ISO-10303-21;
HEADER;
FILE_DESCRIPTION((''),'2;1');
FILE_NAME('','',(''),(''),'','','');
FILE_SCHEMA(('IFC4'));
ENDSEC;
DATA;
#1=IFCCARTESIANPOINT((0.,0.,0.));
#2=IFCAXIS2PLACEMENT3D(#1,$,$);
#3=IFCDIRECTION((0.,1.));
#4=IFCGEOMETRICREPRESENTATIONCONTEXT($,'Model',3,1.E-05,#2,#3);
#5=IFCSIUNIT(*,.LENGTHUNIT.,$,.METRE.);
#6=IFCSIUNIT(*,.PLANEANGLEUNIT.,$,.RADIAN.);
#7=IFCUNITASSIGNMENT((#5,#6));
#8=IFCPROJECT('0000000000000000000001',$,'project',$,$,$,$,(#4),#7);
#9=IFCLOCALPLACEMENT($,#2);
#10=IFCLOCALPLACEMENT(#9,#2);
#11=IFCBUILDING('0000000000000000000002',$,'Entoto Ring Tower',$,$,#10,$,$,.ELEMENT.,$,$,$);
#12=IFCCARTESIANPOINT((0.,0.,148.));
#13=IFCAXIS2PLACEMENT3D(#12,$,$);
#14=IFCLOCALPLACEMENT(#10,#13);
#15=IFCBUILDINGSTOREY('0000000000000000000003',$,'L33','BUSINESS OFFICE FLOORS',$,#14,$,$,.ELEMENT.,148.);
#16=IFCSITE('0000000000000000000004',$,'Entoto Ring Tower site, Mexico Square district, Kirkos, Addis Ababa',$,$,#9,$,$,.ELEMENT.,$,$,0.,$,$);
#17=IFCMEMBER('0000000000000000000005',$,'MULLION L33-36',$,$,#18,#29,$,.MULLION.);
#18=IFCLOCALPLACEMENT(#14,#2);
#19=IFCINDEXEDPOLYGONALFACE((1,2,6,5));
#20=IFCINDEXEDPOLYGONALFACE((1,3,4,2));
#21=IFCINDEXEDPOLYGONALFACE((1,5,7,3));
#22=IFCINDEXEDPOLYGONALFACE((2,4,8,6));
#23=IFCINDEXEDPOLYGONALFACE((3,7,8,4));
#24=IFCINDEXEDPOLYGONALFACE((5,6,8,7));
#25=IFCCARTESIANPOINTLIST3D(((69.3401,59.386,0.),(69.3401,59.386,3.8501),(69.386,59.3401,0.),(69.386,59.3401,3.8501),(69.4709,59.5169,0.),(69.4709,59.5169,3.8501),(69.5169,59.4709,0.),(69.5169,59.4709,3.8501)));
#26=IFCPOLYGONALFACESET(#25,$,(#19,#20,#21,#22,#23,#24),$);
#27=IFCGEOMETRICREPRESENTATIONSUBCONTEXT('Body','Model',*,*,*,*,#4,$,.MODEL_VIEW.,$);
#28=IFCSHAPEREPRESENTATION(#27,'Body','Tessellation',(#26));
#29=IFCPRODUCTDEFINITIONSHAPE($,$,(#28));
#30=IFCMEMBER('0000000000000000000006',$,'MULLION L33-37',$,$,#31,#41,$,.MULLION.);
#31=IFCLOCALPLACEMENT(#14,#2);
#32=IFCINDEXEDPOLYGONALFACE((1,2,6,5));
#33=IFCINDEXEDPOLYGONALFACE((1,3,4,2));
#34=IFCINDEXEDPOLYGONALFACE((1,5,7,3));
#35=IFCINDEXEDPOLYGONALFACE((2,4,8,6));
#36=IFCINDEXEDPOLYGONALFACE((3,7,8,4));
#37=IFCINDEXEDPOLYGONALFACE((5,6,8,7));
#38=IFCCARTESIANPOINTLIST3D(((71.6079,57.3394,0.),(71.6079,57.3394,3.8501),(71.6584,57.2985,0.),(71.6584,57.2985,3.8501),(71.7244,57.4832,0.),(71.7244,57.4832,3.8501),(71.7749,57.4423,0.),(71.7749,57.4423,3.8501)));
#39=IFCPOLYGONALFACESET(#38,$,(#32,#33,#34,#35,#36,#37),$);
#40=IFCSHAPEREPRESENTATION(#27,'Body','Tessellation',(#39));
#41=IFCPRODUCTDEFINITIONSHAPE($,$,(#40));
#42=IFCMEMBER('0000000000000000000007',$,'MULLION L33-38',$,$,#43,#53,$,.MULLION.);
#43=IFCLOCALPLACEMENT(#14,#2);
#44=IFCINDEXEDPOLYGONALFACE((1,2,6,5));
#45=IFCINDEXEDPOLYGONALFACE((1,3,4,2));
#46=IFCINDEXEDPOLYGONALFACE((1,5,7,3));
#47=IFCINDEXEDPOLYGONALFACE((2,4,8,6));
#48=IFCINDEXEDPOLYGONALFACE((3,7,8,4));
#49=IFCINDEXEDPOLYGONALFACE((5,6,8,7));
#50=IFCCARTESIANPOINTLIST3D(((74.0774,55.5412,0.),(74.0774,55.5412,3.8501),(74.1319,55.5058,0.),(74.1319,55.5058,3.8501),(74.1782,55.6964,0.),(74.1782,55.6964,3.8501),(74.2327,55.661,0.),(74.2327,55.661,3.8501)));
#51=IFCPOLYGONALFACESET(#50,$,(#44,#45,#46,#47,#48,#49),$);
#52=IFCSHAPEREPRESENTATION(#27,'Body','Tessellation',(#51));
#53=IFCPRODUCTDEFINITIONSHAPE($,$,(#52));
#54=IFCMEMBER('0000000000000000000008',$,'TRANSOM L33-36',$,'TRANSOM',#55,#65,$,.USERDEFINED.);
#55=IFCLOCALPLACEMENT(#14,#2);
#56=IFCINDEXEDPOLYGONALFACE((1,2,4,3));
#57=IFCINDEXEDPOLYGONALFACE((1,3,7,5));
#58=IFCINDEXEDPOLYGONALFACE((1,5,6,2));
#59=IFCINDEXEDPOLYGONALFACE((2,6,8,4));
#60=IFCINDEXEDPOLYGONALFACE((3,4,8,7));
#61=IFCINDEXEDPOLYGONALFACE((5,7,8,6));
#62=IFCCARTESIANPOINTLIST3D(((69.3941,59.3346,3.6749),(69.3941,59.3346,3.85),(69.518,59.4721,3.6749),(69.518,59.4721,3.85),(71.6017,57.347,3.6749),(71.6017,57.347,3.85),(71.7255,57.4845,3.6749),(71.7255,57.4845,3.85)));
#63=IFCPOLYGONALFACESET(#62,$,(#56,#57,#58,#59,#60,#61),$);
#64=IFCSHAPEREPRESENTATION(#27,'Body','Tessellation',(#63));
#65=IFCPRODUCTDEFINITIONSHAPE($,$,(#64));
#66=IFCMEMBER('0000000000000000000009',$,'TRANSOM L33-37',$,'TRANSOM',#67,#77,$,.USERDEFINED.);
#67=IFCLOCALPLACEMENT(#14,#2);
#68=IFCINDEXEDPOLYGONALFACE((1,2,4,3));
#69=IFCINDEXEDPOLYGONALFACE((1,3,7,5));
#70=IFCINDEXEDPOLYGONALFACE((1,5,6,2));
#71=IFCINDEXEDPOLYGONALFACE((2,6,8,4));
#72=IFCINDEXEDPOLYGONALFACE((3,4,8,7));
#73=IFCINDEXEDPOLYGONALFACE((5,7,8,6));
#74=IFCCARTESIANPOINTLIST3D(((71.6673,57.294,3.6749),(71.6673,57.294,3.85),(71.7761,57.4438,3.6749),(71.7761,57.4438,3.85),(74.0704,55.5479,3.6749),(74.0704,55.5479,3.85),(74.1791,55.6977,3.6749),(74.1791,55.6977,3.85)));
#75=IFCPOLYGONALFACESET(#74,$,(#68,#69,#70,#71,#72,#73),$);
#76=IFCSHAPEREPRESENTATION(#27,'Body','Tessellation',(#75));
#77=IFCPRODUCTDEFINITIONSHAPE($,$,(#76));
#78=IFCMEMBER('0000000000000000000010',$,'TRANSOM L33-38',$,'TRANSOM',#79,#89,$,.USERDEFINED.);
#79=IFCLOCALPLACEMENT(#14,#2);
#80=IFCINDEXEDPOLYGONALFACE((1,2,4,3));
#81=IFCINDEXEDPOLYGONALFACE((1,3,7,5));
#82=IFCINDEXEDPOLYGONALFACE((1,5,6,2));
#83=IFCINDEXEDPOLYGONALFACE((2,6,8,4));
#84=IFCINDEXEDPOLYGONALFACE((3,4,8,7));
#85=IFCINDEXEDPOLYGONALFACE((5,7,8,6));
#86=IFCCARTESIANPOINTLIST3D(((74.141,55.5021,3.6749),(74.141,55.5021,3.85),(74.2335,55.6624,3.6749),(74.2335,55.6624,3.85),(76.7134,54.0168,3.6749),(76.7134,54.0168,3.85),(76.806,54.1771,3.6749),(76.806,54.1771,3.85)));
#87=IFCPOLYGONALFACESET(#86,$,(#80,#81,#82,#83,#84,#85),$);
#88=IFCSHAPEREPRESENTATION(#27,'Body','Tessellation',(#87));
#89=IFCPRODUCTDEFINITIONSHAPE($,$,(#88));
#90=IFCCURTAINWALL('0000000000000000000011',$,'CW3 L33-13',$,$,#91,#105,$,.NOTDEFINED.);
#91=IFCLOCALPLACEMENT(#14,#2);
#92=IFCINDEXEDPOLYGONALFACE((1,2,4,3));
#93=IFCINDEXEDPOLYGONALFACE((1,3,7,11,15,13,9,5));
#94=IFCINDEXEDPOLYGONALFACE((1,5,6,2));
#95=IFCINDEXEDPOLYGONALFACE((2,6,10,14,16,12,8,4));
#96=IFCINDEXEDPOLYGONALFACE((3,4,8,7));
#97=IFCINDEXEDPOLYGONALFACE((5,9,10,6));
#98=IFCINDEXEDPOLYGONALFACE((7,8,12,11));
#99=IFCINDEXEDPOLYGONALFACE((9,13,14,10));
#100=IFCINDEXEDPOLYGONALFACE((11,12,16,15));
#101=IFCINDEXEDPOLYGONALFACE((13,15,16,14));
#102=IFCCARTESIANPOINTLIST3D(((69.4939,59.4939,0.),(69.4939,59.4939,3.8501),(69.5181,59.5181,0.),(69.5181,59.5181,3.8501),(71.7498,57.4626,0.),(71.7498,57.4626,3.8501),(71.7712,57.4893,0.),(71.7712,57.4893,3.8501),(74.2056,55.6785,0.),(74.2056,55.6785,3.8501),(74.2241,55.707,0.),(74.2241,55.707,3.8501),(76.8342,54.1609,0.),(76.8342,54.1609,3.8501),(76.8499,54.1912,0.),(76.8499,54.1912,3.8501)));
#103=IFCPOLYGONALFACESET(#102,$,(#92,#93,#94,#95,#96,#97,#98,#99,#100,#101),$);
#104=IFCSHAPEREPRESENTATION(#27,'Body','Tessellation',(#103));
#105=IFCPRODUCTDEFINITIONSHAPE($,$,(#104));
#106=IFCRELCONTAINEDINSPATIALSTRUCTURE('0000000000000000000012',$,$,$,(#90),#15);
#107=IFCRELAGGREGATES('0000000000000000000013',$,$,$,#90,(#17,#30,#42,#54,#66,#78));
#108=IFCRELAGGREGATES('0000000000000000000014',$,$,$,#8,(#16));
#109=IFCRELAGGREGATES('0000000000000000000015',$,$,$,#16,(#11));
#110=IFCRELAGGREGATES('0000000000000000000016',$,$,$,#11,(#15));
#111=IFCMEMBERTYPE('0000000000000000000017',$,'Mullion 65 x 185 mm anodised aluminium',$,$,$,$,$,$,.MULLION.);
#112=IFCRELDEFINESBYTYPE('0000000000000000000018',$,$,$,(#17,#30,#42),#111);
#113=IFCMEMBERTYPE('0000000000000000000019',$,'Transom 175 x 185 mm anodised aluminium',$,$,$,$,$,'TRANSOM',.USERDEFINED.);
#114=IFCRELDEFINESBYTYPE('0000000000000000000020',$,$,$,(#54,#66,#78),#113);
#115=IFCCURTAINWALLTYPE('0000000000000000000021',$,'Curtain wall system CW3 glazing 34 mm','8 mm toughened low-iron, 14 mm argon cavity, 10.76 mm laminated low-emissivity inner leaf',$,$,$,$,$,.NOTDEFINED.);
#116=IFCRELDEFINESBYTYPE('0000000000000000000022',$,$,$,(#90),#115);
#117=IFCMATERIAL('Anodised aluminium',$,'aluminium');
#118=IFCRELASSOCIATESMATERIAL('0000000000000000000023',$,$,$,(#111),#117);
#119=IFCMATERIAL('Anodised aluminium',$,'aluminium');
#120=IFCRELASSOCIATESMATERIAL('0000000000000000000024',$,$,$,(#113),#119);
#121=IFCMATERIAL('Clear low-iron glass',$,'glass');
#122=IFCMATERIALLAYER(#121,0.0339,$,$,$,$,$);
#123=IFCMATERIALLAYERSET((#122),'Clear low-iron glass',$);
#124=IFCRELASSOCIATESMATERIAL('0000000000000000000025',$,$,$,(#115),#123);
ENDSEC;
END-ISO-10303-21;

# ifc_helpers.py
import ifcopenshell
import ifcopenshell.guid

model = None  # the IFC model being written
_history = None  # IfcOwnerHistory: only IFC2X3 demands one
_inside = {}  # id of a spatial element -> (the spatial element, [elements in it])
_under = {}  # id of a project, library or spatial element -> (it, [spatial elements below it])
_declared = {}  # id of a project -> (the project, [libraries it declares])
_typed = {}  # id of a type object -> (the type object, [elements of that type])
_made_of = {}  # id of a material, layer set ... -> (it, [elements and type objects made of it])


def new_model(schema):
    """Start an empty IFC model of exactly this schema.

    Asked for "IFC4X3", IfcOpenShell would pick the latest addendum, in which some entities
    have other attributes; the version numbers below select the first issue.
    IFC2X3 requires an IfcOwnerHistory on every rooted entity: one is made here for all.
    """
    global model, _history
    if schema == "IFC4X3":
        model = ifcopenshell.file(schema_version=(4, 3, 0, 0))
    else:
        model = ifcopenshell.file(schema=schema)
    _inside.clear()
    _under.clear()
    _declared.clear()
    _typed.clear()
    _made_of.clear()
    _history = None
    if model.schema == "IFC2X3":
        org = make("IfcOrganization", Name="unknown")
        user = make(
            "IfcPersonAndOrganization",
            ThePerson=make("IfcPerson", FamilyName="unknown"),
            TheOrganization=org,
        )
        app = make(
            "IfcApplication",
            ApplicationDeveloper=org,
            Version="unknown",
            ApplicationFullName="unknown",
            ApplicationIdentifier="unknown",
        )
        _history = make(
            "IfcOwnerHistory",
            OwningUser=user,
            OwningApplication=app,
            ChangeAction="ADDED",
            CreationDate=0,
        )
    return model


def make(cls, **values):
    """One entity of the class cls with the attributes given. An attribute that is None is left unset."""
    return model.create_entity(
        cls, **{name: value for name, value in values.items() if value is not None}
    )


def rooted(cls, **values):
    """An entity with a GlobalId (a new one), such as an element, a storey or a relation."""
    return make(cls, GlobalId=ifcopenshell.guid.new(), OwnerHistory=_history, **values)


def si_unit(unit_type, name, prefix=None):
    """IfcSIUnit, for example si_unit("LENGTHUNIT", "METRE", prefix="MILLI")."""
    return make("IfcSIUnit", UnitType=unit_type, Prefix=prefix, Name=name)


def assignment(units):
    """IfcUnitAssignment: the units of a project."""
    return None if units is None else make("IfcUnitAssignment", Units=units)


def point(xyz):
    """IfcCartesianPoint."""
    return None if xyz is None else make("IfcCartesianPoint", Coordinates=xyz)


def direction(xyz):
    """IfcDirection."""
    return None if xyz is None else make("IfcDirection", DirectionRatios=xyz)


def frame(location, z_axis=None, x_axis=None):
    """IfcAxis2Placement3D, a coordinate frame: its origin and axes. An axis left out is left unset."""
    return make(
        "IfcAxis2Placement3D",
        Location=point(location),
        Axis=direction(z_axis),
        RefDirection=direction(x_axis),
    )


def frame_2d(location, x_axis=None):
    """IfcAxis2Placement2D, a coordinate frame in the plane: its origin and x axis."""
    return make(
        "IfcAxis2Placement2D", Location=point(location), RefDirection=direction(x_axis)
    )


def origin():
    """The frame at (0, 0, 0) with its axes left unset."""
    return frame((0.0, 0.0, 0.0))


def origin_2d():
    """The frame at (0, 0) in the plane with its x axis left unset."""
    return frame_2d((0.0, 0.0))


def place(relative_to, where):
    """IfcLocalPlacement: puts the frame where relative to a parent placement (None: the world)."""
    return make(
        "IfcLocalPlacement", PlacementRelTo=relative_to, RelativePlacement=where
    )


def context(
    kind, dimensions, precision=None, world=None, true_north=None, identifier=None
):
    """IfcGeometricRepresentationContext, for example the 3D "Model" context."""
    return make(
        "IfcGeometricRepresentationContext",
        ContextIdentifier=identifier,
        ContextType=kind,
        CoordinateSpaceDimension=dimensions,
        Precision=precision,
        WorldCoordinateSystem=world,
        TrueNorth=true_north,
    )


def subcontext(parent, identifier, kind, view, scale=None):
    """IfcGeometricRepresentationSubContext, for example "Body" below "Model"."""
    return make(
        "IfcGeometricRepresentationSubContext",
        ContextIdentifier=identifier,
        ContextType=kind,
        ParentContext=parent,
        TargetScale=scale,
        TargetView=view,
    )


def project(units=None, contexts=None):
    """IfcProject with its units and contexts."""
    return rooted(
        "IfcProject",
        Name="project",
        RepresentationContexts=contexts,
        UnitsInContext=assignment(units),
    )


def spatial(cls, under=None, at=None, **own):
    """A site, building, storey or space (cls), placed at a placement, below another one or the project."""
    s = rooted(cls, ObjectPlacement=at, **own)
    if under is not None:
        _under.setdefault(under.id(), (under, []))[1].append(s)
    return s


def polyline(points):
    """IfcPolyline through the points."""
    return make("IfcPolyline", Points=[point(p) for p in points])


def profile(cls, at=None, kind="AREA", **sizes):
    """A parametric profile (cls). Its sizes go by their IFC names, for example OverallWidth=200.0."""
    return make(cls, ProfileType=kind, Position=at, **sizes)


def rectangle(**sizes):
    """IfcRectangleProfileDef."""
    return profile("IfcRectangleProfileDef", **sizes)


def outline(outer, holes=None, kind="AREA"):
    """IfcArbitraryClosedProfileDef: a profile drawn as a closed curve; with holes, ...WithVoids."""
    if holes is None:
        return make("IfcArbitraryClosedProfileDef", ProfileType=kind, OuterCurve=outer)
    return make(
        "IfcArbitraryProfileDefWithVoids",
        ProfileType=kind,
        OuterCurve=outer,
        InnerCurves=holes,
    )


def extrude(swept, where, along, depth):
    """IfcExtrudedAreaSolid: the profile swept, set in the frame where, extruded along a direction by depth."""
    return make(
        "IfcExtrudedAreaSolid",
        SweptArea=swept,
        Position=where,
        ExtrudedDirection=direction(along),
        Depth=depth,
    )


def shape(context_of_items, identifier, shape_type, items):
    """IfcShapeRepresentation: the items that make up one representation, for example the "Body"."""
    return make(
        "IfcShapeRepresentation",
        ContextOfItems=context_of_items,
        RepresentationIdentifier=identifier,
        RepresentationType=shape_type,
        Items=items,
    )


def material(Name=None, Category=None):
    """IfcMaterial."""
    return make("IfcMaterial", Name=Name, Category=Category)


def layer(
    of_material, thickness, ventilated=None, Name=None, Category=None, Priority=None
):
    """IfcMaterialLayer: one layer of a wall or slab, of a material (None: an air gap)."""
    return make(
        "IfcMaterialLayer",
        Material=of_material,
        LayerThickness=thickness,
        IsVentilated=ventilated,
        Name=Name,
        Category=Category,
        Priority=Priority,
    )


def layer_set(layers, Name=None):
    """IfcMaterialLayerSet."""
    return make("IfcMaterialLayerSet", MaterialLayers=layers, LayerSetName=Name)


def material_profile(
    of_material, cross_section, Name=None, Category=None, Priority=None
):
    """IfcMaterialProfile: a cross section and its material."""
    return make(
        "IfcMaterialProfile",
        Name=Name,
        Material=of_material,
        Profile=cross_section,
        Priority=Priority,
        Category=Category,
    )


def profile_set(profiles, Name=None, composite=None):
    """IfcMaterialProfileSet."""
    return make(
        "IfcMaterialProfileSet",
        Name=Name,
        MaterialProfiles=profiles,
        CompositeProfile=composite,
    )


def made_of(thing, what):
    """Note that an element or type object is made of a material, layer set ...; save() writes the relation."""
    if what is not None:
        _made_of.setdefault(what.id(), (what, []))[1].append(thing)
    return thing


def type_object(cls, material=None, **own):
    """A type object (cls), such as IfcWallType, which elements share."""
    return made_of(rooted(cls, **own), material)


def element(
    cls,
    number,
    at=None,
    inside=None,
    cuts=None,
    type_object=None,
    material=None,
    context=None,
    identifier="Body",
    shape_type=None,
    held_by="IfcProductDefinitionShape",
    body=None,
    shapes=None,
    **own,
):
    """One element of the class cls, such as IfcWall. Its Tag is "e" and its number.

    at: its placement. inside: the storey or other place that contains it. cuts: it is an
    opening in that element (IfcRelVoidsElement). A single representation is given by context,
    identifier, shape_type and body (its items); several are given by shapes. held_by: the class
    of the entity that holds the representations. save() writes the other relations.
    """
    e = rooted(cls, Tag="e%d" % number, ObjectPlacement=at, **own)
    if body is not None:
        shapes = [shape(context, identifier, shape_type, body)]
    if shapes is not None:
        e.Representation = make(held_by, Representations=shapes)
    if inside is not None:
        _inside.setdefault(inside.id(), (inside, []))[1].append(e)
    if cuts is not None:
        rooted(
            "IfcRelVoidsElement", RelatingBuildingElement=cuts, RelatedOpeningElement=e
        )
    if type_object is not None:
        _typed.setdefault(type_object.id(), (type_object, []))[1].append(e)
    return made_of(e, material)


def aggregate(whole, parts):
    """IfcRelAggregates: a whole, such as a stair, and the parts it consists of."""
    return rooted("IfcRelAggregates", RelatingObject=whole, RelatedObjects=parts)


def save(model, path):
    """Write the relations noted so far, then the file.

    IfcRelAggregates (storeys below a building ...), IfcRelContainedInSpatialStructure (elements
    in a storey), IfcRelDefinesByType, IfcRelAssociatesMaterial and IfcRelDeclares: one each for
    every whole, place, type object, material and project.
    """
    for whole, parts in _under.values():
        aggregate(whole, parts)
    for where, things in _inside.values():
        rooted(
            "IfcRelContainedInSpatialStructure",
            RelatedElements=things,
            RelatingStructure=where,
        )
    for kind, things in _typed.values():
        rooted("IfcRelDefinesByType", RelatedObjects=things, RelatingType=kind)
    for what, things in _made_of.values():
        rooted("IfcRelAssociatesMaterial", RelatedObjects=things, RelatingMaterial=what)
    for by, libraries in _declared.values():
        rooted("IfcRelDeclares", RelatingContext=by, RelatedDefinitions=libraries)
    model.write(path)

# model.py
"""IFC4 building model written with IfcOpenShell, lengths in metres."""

from ifc_helpers import new_model, si_unit, direction, frame, origin, origin_2d, place, context, subcontext, project, spatial, polyline, rectangle, outline, extrude, material, layer, layer_set, material_profile, profile_set, type_object, element, aggregate, save


model = new_model("IFC4")

# Units and contexts
model_context = context("Model", 3, precision=1e-05, world=origin(), true_north=direction((0.0, 1.0)))
body_context = subcontext(model_context, "Body", "Model", "MODEL_VIEW")
ifc_project = project(units=[si_unit("LENGTHUNIT", "METRE"), si_unit("PLANEANGLEUNIT", "RADIAN")], contexts=[model_context])

# Members
ifc_material_1 = material(Name="Anodised aluminium", Category="aluminium")
ifc_material_profile_1 = material_profile(ifc_material_1, rectangle(XDim=0.0649, YDim=0.1851, at=origin_2d()), Name="Mullion 65 x 185 mm anodised aluminium")
ifc_profile_set_1 = profile_set([ifc_material_profile_1], Name="Anodised aluminium")
member_type_1 = type_object("IfcMemberType", Name="Mullion 65 x 185 mm anodised aluminium", PredefinedType="MULLION", material=ifc_profile_set_1)
site_placement = place(None, origin())
building_placement = place(site_placement, origin())
storey_placement = place(building_placement, frame((0.0, 0.0, 148.0)))
member_1_placement = place(storey_placement, frame((69.4285, 59.4285, 0.0), z_axis=(0.0, 0.0, 1.0), x_axis=(0.707107, -0.707107, 0.0)))
member_1 = element("IfcMember", 1, at=member_1_placement, type_object=member_type_1, Name="MULLION L33-36", PredefinedType="MULLION", context=body_context, shape_type="SweptSolid", body=[
    extrude(rectangle(XDim=0.0649, YDim=0.1851, at=origin_2d()), origin(), (0.0, 0.0, 1.0), 3.8501),
])
member_2_placement = place(storey_placement, frame((71.6914, 57.3909, 0.0), z_axis=(0.0, 0.0, 1.0), x_axis=(0.777146, -0.62932, 0.0)))
member_2 = element("IfcMember", 2, at=member_2_placement, type_object=member_type_1, Name="MULLION L33-37", PredefinedType="MULLION", context=body_context, shape_type="SweptSolid", body=[
    extrude(rectangle(XDim=0.0649, YDim=0.1851, at=origin_2d()), origin(), (0.0, 0.0, 1.0), 3.8501),
])
member_3_placement = place(storey_placement, frame((74.155, 55.6011, 0.0), z_axis=(0.0, 0.0, 1.0), x_axis=(0.838671, -0.544639, 0.0)))
member_3 = element("IfcMember", 3, at=member_3_placement, type_object=member_type_1, Name="MULLION L33-38", PredefinedType="MULLION", context=body_context, shape_type="SweptSolid", body=[
    extrude(rectangle(XDim=0.0649, YDim=0.1851, at=origin_2d()), origin(), (0.0, 0.0, 1.0), 3.8501),
])
ifc_material_2 = material(Name="Anodised aluminium", Category="aluminium")
ifc_material_profile_2 = material_profile(ifc_material_2, rectangle(XDim=0.1851, YDim=0.175, at=origin_2d()), Name="Transom 175 x 185 mm anodised aluminium")
ifc_profile_set_2 = profile_set([ifc_material_profile_2], Name="Anodised aluminium")
member_type_2 = type_object("IfcMemberType", Name="Transom 175 x 185 mm anodised aluminium", ElementType="TRANSOM", PredefinedType="USERDEFINED", material=ifc_profile_set_2)
member_4_placement = place(storey_placement, frame((69.4561, 59.4033, 3.7625), z_axis=(0.743163, -0.66911, 0.0), x_axis=(0.66911, 0.743163, 0.0)))
member_4 = element("IfcMember", 4, at=member_4_placement, type_object=member_type_2, Name="TRANSOM L33-36", ObjectType="TRANSOM", PredefinedType="USERDEFINED", context=body_context, shape_type="SweptSolid", body=[
    extrude(rectangle(XDim=0.1851, YDim=0.175, at=origin_2d()), origin(), (0.0, 0.0, 1.0), 2.9705),
])
member_5_placement = place(storey_placement, frame((71.7217, 57.3689, 3.7625), z_axis=(0.808992, -0.58782, 0.0), x_axis=(0.58782, 0.808992, 0.0)))
member_5 = element("IfcMember", 5, at=member_5_placement, type_object=member_type_2, Name="TRANSOM L33-37", ObjectType="TRANSOM", PredefinedType="USERDEFINED", context=body_context, shape_type="SweptSolid", body=[
    extrude(rectangle(XDim=0.1851, YDim=0.175, at=origin_2d()), origin(), (0.0, 0.0, 1.0), 2.9705),
])
member_6_placement = place(storey_placement, frame((74.1873, 55.5823, 3.7625), z_axis=(0.866009, -0.500028, 0.0), x_axis=(0.500028, 0.866009, 0.0)))
member_6 = element("IfcMember", 6, at=member_6_placement, type_object=member_type_2, Name="TRANSOM L33-38", ObjectType="TRANSOM", PredefinedType="USERDEFINED", context=body_context, shape_type="SweptSolid", body=[
    extrude(rectangle(XDim=0.1851, YDim=0.175, at=origin_2d()), origin(), (0.0, 0.0, 1.0), 2.9705),
])

# Site, building, storey
site = spatial("IfcSite", under=ifc_project, at=site_placement, Name="Entoto Ring Tower site, Mexico Square district, Kirkos, Addis Ababa", CompositionType="ELEMENT", RefElevation=0.0)
building = spatial("IfcBuilding", under=site, at=building_placement, Name="Entoto Ring Tower", CompositionType="ELEMENT")
storey = spatial("IfcBuildingStorey", under=building, at=storey_placement, Name="L33", Description="BUSINESS OFFICE FLOORS", CompositionType="ELEMENT", Elevation=148.0)

# Curtain wall
ifc_material_3 = material(Name="Clear low-iron glass", Category="glass")
ifc_layer = layer(ifc_material_3, 0.0339)
ifc_layer_set = layer_set([ifc_layer], Name="Clear low-iron glass")
curtain_wall_type = type_object("IfcCurtainWallType", Name="Curtain wall system CW3 glazing 34 mm", Description="8 mm toughened low-iron, 14 mm argon cavity, 10.76 mm laminated low-emissivity inner leaf", PredefinedType="NOTDEFINED", material=ifc_layer_set)
curtain_wall_1_placement = place(storey_placement, origin())
curtain_wall_1 = element("IfcCurtainWall", 7, at=curtain_wall_1_placement, inside=storey, type_object=curtain_wall_type, Name="CW3 L33-13", PredefinedType="NOTDEFINED", context=body_context, shape_type="SweptSolid", body=[
    extrude(outline(polyline([(69.4939, 59.4939), (71.7498, 57.4626), (74.2056, 55.6785), (76.8342, 54.1609), (76.8499, 54.1912), (74.2241, 55.707), (71.7712, 57.4893), (69.5181, 59.5181), (69.4939, 59.4939)])), origin(), (0.0, 0.0, 1.0), 3.8501),
])
aggregate(curtain_wall_1, [member_1, member_2, member_3, member_4, member_5, member_6])

save(model, "model.ifc")
